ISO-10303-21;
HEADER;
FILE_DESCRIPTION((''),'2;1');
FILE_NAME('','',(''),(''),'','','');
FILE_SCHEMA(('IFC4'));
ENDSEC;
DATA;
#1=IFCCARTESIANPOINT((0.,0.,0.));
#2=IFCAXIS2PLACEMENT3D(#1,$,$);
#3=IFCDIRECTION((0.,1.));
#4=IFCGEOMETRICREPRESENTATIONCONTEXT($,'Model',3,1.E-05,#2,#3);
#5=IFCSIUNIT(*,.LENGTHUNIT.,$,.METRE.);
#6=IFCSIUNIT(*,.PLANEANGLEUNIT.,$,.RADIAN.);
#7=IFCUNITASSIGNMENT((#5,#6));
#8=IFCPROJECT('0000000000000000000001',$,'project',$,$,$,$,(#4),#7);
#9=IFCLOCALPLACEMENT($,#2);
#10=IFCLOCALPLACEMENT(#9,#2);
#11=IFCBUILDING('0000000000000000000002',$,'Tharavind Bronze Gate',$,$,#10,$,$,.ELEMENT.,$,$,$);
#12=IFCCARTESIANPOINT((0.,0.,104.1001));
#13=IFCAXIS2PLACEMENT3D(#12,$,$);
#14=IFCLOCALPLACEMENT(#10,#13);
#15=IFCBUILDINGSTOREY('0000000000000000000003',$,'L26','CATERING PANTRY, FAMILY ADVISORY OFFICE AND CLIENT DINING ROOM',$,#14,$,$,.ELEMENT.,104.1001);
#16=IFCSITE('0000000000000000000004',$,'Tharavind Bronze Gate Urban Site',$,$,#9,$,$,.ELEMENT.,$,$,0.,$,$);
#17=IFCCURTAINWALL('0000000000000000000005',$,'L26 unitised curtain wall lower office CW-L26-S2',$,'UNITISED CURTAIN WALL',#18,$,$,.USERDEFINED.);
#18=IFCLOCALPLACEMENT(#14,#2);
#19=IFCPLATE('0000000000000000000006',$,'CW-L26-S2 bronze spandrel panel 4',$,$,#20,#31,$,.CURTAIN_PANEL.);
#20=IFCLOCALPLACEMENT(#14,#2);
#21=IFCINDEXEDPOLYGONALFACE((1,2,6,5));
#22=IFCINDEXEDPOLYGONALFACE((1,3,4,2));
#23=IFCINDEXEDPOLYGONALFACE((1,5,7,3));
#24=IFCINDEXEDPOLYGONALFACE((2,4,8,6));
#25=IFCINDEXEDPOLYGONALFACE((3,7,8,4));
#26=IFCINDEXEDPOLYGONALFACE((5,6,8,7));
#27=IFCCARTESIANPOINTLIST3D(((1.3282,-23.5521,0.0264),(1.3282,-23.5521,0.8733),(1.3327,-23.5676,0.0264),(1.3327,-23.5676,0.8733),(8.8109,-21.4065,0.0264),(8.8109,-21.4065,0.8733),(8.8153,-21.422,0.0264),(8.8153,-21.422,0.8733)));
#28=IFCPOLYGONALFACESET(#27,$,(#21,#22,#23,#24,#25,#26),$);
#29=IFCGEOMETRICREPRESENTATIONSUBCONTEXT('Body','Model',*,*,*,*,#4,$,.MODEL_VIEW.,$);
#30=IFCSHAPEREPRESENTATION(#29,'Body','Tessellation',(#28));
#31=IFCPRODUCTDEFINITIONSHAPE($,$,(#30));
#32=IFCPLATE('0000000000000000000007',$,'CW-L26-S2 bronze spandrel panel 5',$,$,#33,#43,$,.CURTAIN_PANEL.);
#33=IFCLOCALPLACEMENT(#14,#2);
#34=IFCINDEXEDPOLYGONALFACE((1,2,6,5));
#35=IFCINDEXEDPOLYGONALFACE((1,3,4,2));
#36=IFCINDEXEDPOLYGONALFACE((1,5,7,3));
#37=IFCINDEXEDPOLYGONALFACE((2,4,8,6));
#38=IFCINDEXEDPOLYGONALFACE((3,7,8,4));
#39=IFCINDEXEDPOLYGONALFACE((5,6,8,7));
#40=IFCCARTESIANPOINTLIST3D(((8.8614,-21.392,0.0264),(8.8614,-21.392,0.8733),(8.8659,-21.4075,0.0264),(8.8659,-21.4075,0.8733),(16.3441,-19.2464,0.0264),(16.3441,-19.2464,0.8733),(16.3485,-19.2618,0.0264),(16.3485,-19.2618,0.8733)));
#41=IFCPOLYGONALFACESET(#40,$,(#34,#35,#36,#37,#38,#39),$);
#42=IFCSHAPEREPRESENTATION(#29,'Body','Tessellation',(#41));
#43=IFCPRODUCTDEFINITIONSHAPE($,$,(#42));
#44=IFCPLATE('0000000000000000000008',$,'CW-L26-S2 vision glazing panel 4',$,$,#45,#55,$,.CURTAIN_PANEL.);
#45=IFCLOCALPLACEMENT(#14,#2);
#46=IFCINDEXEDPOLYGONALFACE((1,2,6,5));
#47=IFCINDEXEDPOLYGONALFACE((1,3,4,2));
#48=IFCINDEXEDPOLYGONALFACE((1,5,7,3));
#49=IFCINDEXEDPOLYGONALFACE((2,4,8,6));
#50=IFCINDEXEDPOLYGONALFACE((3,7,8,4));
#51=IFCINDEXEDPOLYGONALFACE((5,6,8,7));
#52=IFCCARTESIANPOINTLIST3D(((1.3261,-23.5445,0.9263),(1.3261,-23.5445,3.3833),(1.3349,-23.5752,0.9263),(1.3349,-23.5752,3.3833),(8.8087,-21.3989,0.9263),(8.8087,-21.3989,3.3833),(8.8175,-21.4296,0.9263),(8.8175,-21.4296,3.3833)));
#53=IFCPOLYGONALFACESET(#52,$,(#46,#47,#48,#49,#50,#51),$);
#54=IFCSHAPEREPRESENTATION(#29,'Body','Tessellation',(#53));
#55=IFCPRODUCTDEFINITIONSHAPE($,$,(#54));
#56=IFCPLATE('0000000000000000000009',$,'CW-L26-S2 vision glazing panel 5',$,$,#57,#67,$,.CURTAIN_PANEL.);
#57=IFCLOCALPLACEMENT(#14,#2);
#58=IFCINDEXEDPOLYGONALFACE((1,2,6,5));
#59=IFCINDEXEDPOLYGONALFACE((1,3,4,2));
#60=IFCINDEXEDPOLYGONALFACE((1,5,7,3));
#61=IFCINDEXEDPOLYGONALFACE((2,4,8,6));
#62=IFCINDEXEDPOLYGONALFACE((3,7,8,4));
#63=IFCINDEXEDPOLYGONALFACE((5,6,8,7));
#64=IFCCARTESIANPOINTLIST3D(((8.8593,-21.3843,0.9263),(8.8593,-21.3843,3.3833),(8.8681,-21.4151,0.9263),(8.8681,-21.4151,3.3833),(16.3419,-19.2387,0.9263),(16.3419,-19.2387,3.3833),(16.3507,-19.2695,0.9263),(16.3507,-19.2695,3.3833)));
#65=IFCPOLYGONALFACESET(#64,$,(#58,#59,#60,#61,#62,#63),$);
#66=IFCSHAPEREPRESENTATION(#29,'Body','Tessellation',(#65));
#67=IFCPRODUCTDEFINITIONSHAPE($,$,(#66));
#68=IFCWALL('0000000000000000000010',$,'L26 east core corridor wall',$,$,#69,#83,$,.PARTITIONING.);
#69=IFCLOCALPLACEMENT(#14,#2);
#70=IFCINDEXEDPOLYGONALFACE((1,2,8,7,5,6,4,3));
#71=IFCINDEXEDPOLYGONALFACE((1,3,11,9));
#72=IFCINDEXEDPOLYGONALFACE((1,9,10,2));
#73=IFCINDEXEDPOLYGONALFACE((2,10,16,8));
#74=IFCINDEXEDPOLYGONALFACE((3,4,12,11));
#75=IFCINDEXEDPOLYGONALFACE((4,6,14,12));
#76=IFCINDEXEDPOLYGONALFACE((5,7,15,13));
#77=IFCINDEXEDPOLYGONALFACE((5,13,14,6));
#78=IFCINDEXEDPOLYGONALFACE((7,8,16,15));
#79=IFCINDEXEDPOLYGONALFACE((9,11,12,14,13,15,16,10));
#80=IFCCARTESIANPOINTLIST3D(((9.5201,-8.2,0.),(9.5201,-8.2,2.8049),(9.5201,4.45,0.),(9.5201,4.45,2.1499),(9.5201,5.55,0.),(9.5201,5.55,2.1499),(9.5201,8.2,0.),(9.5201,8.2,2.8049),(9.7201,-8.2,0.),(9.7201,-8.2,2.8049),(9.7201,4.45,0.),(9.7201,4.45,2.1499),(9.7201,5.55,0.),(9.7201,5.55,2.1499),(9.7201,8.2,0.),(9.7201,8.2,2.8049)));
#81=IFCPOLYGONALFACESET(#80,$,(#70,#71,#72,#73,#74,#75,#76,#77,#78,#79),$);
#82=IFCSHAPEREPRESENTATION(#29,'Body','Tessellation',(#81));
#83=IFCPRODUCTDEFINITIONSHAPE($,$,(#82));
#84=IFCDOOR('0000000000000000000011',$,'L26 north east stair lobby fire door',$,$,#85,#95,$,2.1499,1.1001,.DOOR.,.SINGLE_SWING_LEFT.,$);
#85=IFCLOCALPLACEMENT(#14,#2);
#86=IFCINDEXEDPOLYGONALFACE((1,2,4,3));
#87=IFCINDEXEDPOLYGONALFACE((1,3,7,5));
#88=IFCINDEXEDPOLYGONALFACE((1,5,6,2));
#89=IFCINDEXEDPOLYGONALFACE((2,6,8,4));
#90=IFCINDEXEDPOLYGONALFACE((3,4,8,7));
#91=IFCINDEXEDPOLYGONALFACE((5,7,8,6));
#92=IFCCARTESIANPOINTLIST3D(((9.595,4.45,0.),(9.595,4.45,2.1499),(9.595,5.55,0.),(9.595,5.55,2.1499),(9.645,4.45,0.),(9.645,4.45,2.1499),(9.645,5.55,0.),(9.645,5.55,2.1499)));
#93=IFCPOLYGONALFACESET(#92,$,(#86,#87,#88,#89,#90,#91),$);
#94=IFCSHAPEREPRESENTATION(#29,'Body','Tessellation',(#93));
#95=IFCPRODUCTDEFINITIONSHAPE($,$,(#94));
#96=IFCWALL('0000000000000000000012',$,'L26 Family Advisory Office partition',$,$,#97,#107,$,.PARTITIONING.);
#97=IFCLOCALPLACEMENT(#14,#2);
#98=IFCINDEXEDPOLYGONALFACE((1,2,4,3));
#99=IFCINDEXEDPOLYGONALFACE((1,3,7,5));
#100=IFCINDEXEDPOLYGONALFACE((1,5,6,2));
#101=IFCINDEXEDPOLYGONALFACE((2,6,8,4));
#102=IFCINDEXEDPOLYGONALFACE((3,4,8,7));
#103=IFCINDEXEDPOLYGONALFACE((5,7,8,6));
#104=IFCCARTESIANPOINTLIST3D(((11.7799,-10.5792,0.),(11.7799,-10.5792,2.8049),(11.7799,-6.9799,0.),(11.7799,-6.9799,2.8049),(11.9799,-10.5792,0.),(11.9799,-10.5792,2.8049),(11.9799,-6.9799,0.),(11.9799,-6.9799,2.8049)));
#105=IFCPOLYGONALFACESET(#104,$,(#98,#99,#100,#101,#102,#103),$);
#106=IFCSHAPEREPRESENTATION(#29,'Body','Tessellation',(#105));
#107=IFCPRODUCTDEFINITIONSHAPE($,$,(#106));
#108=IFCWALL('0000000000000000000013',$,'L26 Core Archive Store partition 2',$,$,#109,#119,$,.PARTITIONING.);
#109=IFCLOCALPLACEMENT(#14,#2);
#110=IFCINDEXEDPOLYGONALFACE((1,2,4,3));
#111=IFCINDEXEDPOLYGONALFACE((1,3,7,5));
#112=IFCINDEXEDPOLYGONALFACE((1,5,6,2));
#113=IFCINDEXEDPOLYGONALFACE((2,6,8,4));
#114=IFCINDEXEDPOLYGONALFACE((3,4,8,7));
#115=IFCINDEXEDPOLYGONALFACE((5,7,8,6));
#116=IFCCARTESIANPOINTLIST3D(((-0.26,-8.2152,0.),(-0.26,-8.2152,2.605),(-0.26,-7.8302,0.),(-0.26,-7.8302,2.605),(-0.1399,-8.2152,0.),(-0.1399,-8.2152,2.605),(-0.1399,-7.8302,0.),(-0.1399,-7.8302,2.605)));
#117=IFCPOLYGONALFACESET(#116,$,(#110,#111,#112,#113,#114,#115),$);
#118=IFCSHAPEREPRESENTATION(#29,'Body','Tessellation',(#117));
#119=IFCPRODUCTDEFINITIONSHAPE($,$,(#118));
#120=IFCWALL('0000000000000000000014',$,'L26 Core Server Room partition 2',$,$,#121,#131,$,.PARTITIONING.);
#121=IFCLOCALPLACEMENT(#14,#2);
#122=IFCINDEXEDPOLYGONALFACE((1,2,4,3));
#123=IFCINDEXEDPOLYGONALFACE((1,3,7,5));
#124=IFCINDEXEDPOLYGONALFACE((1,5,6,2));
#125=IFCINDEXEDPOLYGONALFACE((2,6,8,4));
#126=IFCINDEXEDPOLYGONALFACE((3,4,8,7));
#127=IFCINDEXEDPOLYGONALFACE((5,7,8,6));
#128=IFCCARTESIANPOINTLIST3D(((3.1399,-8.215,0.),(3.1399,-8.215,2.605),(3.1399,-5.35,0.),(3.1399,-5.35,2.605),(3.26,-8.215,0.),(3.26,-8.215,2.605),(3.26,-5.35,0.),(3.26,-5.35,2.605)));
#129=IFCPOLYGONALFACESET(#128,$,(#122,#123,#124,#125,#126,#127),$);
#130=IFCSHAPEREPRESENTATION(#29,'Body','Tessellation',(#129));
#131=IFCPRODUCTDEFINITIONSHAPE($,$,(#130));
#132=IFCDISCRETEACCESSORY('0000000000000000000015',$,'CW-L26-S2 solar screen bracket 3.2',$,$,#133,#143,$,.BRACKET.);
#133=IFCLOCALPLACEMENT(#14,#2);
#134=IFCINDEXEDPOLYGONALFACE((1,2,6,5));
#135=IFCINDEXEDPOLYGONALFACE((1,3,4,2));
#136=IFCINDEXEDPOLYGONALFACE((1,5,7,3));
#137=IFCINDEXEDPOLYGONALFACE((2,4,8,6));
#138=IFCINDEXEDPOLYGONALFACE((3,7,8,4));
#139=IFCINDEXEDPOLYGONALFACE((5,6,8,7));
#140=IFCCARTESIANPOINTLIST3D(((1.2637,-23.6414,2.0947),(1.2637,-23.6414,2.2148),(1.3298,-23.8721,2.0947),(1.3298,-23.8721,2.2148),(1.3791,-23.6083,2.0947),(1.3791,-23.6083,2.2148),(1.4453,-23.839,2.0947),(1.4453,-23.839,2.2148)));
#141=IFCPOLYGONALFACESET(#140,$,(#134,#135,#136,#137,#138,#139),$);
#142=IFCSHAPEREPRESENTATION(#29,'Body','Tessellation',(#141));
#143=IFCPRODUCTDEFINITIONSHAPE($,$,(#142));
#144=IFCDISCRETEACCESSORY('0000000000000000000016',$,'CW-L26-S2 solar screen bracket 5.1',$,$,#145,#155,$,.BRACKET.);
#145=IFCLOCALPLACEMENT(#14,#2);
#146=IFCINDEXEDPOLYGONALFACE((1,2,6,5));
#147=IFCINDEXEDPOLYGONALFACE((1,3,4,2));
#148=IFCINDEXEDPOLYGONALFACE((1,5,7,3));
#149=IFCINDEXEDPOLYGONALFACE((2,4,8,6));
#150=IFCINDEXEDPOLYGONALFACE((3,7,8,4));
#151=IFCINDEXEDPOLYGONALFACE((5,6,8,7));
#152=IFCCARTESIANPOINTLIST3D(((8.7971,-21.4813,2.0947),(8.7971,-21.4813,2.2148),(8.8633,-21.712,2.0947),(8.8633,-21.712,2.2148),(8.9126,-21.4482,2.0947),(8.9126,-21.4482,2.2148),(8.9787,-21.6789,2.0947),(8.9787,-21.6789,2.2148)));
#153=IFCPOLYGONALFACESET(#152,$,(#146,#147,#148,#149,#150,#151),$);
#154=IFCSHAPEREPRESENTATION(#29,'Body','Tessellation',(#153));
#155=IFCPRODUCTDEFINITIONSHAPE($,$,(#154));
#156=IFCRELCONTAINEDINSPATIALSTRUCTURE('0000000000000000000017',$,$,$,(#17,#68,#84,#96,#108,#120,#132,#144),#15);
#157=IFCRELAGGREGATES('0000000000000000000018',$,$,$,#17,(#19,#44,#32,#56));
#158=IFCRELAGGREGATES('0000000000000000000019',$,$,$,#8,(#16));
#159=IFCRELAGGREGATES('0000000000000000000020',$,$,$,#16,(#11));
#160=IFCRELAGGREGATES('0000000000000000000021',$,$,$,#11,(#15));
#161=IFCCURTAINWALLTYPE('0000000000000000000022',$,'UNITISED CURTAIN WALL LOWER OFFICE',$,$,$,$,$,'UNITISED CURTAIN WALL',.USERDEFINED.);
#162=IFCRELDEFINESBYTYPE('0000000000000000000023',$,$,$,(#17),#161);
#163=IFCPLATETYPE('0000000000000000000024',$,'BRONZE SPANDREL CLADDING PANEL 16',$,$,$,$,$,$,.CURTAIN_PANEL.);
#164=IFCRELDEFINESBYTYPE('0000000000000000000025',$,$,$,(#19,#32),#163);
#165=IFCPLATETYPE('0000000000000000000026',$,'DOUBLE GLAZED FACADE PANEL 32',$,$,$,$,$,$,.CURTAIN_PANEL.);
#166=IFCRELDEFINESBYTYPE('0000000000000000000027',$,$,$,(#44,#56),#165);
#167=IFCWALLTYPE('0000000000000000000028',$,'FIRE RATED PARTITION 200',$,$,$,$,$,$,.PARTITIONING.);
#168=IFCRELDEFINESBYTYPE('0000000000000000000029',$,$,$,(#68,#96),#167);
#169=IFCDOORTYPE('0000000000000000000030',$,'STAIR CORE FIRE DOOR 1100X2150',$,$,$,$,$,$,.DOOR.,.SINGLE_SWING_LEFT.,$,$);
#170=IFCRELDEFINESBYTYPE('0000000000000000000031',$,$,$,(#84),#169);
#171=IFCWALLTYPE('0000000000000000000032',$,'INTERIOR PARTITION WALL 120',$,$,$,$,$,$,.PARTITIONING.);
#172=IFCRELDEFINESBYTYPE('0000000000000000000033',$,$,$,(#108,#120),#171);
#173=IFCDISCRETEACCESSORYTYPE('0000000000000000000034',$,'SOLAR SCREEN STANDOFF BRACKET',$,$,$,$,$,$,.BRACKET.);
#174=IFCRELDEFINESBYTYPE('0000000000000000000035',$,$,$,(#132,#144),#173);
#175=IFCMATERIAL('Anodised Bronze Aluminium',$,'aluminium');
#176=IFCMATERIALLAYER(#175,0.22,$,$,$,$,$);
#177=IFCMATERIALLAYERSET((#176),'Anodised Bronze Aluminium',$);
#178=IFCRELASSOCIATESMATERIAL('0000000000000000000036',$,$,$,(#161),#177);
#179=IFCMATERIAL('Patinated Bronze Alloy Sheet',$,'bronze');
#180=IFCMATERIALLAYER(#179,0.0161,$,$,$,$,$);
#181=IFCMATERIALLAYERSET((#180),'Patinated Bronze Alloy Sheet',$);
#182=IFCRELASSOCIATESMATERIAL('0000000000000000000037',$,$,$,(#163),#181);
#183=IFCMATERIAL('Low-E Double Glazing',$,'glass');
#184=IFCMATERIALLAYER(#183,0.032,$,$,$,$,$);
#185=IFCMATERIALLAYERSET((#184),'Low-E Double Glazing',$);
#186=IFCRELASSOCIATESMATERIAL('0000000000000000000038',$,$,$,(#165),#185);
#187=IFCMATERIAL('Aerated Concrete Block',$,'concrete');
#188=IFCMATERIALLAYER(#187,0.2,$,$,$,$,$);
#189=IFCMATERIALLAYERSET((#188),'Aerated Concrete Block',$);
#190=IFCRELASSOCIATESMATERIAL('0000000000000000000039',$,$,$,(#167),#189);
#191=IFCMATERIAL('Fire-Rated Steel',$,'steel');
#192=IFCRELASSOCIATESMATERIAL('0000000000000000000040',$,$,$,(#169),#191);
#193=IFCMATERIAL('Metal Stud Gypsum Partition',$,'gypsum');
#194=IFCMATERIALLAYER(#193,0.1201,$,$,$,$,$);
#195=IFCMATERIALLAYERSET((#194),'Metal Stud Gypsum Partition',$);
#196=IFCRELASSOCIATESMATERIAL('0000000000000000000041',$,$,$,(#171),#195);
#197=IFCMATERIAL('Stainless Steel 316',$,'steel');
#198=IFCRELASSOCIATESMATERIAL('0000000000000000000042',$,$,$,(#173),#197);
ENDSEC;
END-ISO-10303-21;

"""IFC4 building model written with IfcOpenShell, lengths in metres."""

from ifc_helpers import new_model, si_unit, direction, frame, frame_2d, origin, origin_2d, place, context, subcontext, project, spatial, rectangle, extrude, material, layer, layer_set, type_object, element, fill, aggregate, save


model = new_model("IFC4")

# Units and contexts
model_context = context("Model", 3, precision=1e-05, world=origin(), true_north=direction((0.0, 1.0)))
body_context = subcontext(model_context, "Body", "Model", "MODEL_VIEW")
ifc_project = project(units=[si_unit("LENGTHUNIT", "METRE"), si_unit("PLANEANGLEUNIT", "RADIAN")], contexts=[model_context])

# Site, building, storey
site_placement = place(None, origin())
site = spatial("IfcSite", under=ifc_project, at=site_placement, Name="Tharavind Bronze Gate Urban Site", CompositionType="ELEMENT", RefElevation=0.0)
building_placement = place(site_placement, origin())
building = spatial("IfcBuilding", under=site, at=building_placement, Name="Tharavind Bronze Gate", CompositionType="ELEMENT")
storey_placement = place(building_placement, frame((0.0, 0.0, 104.1001)))
storey = spatial("IfcBuildingStorey", under=building, at=storey_placement, Name="L26", Description="CATERING PANTRY, FAMILY ADVISORY OFFICE AND CLIENT DINING ROOM", CompositionType="ELEMENT", Elevation=104.1001)

# Curtain wall
ifc_material_1 = material(Name="Anodised Bronze Aluminium", Category="aluminium")
ifc_layer_1 = layer(ifc_material_1, 0.22)
ifc_layer_set_1 = layer_set([ifc_layer_1], Name="Anodised Bronze Aluminium")
curtain_wall_type = type_object("IfcCurtainWallType", Name="UNITISED CURTAIN WALL LOWER OFFICE", ElementType="UNITISED CURTAIN WALL", PredefinedType="USERDEFINED", material=ifc_layer_set_1)
curtain_wall_placement = place(storey_placement, origin())
curtain_wall = element("IfcCurtainWall", 1, at=curtain_wall_placement, inside=storey, type_object=curtain_wall_type, Name="L26 unitised curtain wall lower office CW-L26-S2", ObjectType="UNITISED CURTAIN WALL", PredefinedType="USERDEFINED")

# Plates
ifc_material_2 = material(Name="Patinated Bronze Alloy Sheet", Category="bronze")
ifc_layer_2 = layer(ifc_material_2, 0.0161)
ifc_layer_set_2 = layer_set([ifc_layer_2], Name="Patinated Bronze Alloy Sheet")
plate_type_1 = type_object("IfcPlateType", Name="BRONZE SPANDREL CLADDING PANEL 16", PredefinedType="CURTAIN_PANEL", material=ifc_layer_set_2)
plate_1_placement = place(storey_placement, frame((5.0718, -22.4871, 0.0264), z_axis=(0.0, 0.0, 1.0), x_axis=(0.961262, 0.275637, 0.0)))
plate_1 = element("IfcPlate", 2, at=plate_1_placement, type_object=plate_type_1, Name="CW-L26-S2 bronze spandrel panel 4", PredefinedType="CURTAIN_PANEL", context=body_context, shape_type="SweptSolid", body=[
    extrude(rectangle(XDim=7.7842, YDim=0.0161, at=origin_2d()), origin(), (0.0, 0.0, 1.0), 0.8469),
])
plate_2_placement = place(storey_placement, frame((12.605, -20.3269, 0.0264), z_axis=(0.0, 0.0, 1.0), x_axis=(0.961262, 0.275637, 0.0)))
plate_2 = element("IfcPlate", 3, at=plate_2_placement, type_object=plate_type_1, Name="CW-L26-S2 bronze spandrel panel 5", PredefinedType="CURTAIN_PANEL", context=body_context, shape_type="SweptSolid", body=[
    extrude(rectangle(XDim=7.7842, YDim=0.0161, at=origin_2d()), origin(), (0.0, 0.0, 1.0), 0.8469),
])
ifc_material_3 = material(Name="Low-E Double Glazing", Category="glass")
ifc_layer_3 = layer(ifc_material_3, 0.032)
ifc_layer_set_3 = layer_set([ifc_layer_3], Name="Low-E Double Glazing")
plate_type_2 = type_object("IfcPlateType", Name="DOUBLE GLAZED FACADE PANEL 32", PredefinedType="CURTAIN_PANEL", material=ifc_layer_set_3)
plate_3_placement = place(storey_placement, frame((5.0718, -22.4871, 0.9263), z_axis=(0.0, 0.0, 1.0), x_axis=(0.961262, 0.275637, 0.0)))
plate_3 = element("IfcPlate", 4, at=plate_3_placement, type_object=plate_type_2, Name="CW-L26-S2 vision glazing panel 4", PredefinedType="CURTAIN_PANEL", context=body_context, shape_type="SweptSolid", body=[
    extrude(rectangle(XDim=7.7842, YDim=0.032, at=origin_2d()), origin(), (0.0, 0.0, 1.0), 2.457),
])
plate_4_placement = place(storey_placement, frame((12.605, -20.3269, 0.9263), z_axis=(0.0, 0.0, 1.0), x_axis=(0.961262, 0.275637, 0.0)))
plate_4 = element("IfcPlate", 5, at=plate_4_placement, type_object=plate_type_2, Name="CW-L26-S2 vision glazing panel 5", PredefinedType="CURTAIN_PANEL", context=body_context, shape_type="SweptSolid", body=[
    extrude(rectangle(XDim=7.7842, YDim=0.032, at=origin_2d()), origin(), (0.0, 0.0, 1.0), 2.457),
])
aggregate(curtain_wall, [plate_1, plate_3, plate_2, plate_4])

# Wall, opening, door
ifc_material_4 = material(Name="Aerated Concrete Block", Category="concrete")
ifc_layer_4 = layer(ifc_material_4, 0.2)
ifc_layer_set_4 = layer_set([ifc_layer_4], Name="Aerated Concrete Block")
wall_type_1 = type_object("IfcWallType", Name="FIRE RATED PARTITION 200", PredefinedType="PARTITIONING", material=ifc_layer_set_4)
wall_1_placement = place(storey_placement, frame((9.6201, -8.2, 0.0), z_axis=(0.0, 0.0, 1.0), x_axis=(0.0, 1.0, 0.0)))
wall_1 = element("IfcWall", 6, at=wall_1_placement, inside=storey, type_object=wall_type_1, Name="L26 east core corridor wall", PredefinedType="PARTITIONING", context=body_context, shape_type="SweptSolid", body=[
    extrude(rectangle(XDim=16.3999, YDim=0.2, at=frame_2d((8.2, 0.0))), origin(), (0.0, 0.0, 1.0), 2.8049),
])
opening_placement = place(wall_1_placement, frame((12.6499, 0.0, 0.0)))
opening = element("IfcOpeningElement", 7, at=opening_placement, cuts=wall_1, PredefinedType="OPENING", context=body_context, shape_type="SweptSolid", body=[
    extrude(rectangle(XDim=1.1001, YDim=2.1499, at=frame_2d((0.55, 1.075))), frame((0.0, 0.1101, 0.0), z_axis=(0.0, -1.0, 0.0), x_axis=(1.0, 0.0, 0.0)), (0.0, 0.0, 1.0), 0.22),
])
ifc_material_5 = material(Name="Fire-Rated Steel", Category="steel")
door_type = type_object("IfcDoorType", Name="STAIR CORE FIRE DOOR 1100X2150", OperationType="SINGLE_SWING_LEFT", PredefinedType="DOOR", material=ifc_material_5)
door_placement = place(opening_placement, frame((1.1001, 0.0, 0.0), z_axis=(0.0, 0.0, 1.0), x_axis=(-1.0, 0.0, 0.0)))
door = element("IfcDoor", 8, at=door_placement, inside=storey, type_object=door_type, Name="L26 north east stair lobby fire door", OperationType="SINGLE_SWING_LEFT", OverallHeight=2.1499, OverallWidth=1.1001, PredefinedType="DOOR", context=body_context, shape_type="SweptSolid", body=[
    extrude(rectangle(XDim=1.1001, YDim=2.1499, at=frame_2d((0.55, 1.075))), frame((0.0, 0.0249, 0.0), z_axis=(0.0, -1.0, 0.0), x_axis=(1.0, 0.0, 0.0)), (0.0, 0.0, 1.0), 0.05),
])
fill(opening, door)

# Walls
wall_2_placement = place(storey_placement, frame((11.8799, -10.5793, 0.0), z_axis=(0.0, 0.0, 1.0), x_axis=(0.0, 1.0, 0.0)))
element("IfcWall", 9, at=wall_2_placement, inside=storey, type_object=wall_type_1, Name="L26 Family Advisory Office partition", PredefinedType="PARTITIONING", context=body_context, shape_type="SweptSolid", body=[
    extrude(rectangle(XDim=3.5994, YDim=0.2, at=frame_2d((1.7998, 0.0))), origin(), (0.0, 0.0, 1.0), 2.8049),
])
ifc_material_6 = material(Name="Metal Stud Gypsum Partition", Category="gypsum")
ifc_layer_5 = layer(ifc_material_6, 0.1201)
ifc_layer_set_5 = layer_set([ifc_layer_5], Name="Metal Stud Gypsum Partition")
wall_type_2 = type_object("IfcWallType", Name="INTERIOR PARTITION WALL 120", PredefinedType="PARTITIONING", material=ifc_layer_set_5)
wall_3_placement = place(storey_placement, frame((-0.2, -8.2151, 0.0), z_axis=(0.0, 0.0, 1.0), x_axis=(0.0, 1.0, 0.0)))
element("IfcWall", 10, at=wall_3_placement, inside=storey, type_object=wall_type_2, Name="L26 Core Archive Store partition 2", PredefinedType="PARTITIONING", context=body_context, shape_type="SweptSolid", body=[
    extrude(rectangle(XDim=0.385, YDim=0.1201, at=frame_2d((0.1924, 0.0))), origin(), (0.0, 0.0, 1.0), 2.605),
])
wall_4_placement = place(storey_placement, frame((3.2, -8.2151, 0.0), z_axis=(0.0, 0.0, 1.0), x_axis=(0.0, 1.0, 0.0)))
element("IfcWall", 11, at=wall_4_placement, inside=storey, type_object=wall_type_2, Name="L26 Core Server Room partition 2", PredefinedType="PARTITIONING", context=body_context, shape_type="SweptSolid", body=[
    extrude(rectangle(XDim=2.865, YDim=0.1201, at=frame_2d((1.4326, 0.0))), origin(), (0.0, 0.0, 1.0), 2.605),
])

# Discrete accessories
ifc_material_7 = material(Name="Stainless Steel 316", Category="steel")
discrete_accessory_type = type_object("IfcDiscreteAccessoryType", Name="SOLAR SCREEN STANDOFF BRACKET", PredefinedType="BRACKET", material=ifc_material_7)
for number, where, z_axis, x_axis, name in (
    (12, (1.3545, -23.7402, 2.0947), (0.0, 0.0, 1.0), (0.961262, 0.275637, 0.0), "CW-L26-S2 solar screen bracket 3.2"),
    (13, (8.8879, -21.5801, 2.0947), (0.0, 0.0, 1.0), (0.961262, 0.275637, 0.0), "CW-L26-S2 solar screen bracket 5.1"),
):
    element("IfcDiscreteAccessory", number, at=place(storey_placement, frame(where, z_axis=z_axis, x_axis=x_axis)), inside=storey, type_object=discrete_accessory_type, Name=name, PredefinedType="BRACKET", context=body_context, shape_type="SweptSolid", body=[
        extrude(rectangle(XDim=0.1201, YDim=0.24, at=origin_2d()), origin(), (0.0, 0.0, 1.0), 0.1201),
    ])

save(model, "model.ifc")
